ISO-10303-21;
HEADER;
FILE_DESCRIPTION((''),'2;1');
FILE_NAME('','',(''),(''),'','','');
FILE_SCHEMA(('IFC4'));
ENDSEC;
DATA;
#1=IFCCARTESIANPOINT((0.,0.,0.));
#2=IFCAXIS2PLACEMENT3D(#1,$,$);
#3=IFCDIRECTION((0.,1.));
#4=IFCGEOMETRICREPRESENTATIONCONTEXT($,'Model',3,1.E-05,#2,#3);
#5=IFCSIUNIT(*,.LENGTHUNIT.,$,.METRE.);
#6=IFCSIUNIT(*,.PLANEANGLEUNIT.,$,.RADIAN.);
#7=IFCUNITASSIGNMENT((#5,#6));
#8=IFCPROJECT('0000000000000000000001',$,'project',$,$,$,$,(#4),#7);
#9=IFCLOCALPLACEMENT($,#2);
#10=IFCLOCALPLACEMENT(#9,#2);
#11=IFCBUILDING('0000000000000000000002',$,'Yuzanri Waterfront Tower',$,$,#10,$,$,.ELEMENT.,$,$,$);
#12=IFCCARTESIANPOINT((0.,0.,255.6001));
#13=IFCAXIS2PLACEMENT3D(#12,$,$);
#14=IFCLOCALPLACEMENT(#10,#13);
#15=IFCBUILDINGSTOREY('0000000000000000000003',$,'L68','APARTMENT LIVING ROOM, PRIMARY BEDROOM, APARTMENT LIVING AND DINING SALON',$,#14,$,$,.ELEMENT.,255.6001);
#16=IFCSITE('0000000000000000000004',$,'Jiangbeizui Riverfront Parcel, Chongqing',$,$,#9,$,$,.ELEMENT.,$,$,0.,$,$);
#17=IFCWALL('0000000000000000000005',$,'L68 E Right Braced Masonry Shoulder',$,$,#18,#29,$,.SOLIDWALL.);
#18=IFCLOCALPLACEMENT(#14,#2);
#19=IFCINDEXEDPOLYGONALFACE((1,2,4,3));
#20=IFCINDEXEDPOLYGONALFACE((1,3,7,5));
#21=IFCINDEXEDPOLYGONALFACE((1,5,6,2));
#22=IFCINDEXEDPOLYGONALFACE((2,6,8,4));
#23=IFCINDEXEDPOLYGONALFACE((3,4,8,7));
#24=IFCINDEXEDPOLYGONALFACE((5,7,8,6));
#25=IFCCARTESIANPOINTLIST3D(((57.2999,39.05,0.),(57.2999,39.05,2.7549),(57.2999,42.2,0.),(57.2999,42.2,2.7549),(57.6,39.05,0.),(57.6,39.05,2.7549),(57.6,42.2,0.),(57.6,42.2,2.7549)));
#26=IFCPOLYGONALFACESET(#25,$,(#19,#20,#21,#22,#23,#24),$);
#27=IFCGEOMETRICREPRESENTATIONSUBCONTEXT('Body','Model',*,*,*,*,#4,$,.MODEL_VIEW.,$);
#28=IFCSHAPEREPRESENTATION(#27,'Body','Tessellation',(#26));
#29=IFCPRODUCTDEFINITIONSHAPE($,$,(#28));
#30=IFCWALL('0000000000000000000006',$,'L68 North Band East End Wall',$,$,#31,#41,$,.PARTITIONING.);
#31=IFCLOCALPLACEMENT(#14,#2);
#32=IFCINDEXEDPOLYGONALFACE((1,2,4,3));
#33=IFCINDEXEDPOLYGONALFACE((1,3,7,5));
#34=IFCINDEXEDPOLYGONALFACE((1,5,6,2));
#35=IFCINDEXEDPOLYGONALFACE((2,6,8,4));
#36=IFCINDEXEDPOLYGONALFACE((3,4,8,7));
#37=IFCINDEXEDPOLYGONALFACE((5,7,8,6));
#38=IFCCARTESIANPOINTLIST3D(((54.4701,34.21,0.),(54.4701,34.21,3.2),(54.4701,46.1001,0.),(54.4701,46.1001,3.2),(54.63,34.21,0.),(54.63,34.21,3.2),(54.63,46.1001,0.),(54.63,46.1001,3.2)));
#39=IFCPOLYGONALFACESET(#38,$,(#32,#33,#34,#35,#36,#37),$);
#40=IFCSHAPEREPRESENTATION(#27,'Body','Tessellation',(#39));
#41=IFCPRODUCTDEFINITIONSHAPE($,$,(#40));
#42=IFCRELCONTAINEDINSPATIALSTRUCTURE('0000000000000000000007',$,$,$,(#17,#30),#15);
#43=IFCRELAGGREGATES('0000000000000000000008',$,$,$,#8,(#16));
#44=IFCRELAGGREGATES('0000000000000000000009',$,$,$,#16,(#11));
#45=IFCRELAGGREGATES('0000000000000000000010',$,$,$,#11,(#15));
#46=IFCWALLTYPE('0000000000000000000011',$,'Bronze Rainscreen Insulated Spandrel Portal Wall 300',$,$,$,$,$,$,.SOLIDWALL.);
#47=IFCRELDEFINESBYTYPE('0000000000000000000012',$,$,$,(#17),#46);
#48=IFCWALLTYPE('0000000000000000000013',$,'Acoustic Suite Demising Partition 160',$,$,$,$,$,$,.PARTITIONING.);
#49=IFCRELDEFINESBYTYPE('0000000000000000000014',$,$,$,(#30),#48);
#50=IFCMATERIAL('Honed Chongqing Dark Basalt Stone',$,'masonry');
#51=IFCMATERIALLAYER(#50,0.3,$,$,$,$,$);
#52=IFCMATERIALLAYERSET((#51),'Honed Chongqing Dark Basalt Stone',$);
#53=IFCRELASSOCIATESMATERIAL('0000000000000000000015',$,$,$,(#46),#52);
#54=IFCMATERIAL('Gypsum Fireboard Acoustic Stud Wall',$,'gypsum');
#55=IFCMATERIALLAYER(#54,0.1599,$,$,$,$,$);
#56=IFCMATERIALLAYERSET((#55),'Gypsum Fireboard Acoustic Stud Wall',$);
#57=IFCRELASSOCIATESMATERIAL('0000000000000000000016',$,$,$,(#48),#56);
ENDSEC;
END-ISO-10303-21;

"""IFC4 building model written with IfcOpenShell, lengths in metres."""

from ifc_helpers import new_model, si_unit, direction, frame, frame_2d, origin, place, context, subcontext, project, spatial, rectangle, extrude, source, transform, mapped, material, layer, layer_set, type_object, element, save


model = new_model("IFC4")

# Units and contexts
model_context = context("Model", 3, precision=1e-05, world=origin(), true_north=direction((0.0, 1.0)))
body_context = subcontext(model_context, "Body", "Model", "MODEL_VIEW")
ifc_project = project(units=[si_unit("LENGTHUNIT", "METRE"), si_unit("PLANEANGLEUNIT", "RADIAN")], contexts=[model_context])

# Site, building, storey
site_placement = place(None, origin())
site = spatial("IfcSite", under=ifc_project, at=site_placement, Name="Jiangbeizui Riverfront Parcel, Chongqing", CompositionType="ELEMENT", RefElevation=0.0)
building_placement = place(site_placement, origin())
building = spatial("IfcBuilding", under=site, at=building_placement, Name="Yuzanri Waterfront Tower", CompositionType="ELEMENT")
storey_placement = place(building_placement, frame((0.0, 0.0, 255.6001)))
storey = spatial("IfcBuildingStorey", under=building, at=storey_placement, Name="L68", Description="APARTMENT LIVING ROOM, PRIMARY BEDROOM, APARTMENT LIVING AND DINING SALON", CompositionType="ELEMENT", Elevation=255.6001)

# Shared definitions
ifc_material_1 = material(Name="Honed Chongqing Dark Basalt Stone", Category="masonry")
ifc_layer_1 = layer(ifc_material_1, 0.3)
ifc_layer_set_1 = layer_set([ifc_layer_1], Name="Honed Chongqing Dark Basalt Stone")
wall_type_1 = type_object("IfcWallType", Name="Bronze Rainscreen Insulated Spandrel Portal Wall 300", PredefinedType="SOLIDWALL", material=ifc_layer_set_1)

# Walls
shared_shape_1 = source(origin(), body_context, "Body", "SweptSolid", [
    extrude(rectangle(XDim=3.1499, YDim=0.3, at=frame_2d((1.575, 0.0))), origin(), (0.0, 0.0, 1.0), 2.7549),
])
for number, where, z_axis, x_axis, name in (
    (1, (57.45, 39.05, 0.0), (0.0, 0.0, 1.0), (0.0, 1.0, 0.0), "L68 E Right Braced Masonry Shoulder"),
):
    element("IfcWall", number, at=place(storey_placement, frame(where, z_axis=z_axis, x_axis=x_axis)), inside=storey, type_object=wall_type_1, Name=name, PredefinedType="SOLIDWALL", context=body_context, shape_type="MappedRepresentation", body=[
        mapped(shared_shape_1, transform((0.0, 0.0, 0.0), scale=1.0)),
    ])
ifc_material_2 = material(Name="Gypsum Fireboard Acoustic Stud Wall", Category="gypsum")
ifc_layer_2 = layer(ifc_material_2, 0.1599)
ifc_layer_set_2 = layer_set([ifc_layer_2], Name="Gypsum Fireboard Acoustic Stud Wall")
wall_type_2 = type_object("IfcWallType", Name="Acoustic Suite Demising Partition 160", PredefinedType="PARTITIONING", material=ifc_layer_set_2)
shared_shape_2 = source(origin(), body_context, "Body", "SweptSolid", [
    extrude(rectangle(XDim=11.8901, YDim=0.1599, at=frame_2d((5.9451, 0.0))), origin(), (0.0, 0.0, 1.0), 3.2),
])
wall_1_placement = place(storey_placement, frame((54.55, 34.21, 0.0), z_axis=(0.0, 0.0, 1.0), x_axis=(0.0, 1.0, 0.0)))
element("IfcWall", 2, at=wall_1_placement, inside=storey, type_object=wall_type_2, Name="L68 North Band East End Wall", PredefinedType="PARTITIONING", context=body_context, shape_type="MappedRepresentation", body=[
    mapped(shared_shape_2, transform((0.0, 0.0, 0.0), scale=1.0)),
])

save(model, "model.ifc")
